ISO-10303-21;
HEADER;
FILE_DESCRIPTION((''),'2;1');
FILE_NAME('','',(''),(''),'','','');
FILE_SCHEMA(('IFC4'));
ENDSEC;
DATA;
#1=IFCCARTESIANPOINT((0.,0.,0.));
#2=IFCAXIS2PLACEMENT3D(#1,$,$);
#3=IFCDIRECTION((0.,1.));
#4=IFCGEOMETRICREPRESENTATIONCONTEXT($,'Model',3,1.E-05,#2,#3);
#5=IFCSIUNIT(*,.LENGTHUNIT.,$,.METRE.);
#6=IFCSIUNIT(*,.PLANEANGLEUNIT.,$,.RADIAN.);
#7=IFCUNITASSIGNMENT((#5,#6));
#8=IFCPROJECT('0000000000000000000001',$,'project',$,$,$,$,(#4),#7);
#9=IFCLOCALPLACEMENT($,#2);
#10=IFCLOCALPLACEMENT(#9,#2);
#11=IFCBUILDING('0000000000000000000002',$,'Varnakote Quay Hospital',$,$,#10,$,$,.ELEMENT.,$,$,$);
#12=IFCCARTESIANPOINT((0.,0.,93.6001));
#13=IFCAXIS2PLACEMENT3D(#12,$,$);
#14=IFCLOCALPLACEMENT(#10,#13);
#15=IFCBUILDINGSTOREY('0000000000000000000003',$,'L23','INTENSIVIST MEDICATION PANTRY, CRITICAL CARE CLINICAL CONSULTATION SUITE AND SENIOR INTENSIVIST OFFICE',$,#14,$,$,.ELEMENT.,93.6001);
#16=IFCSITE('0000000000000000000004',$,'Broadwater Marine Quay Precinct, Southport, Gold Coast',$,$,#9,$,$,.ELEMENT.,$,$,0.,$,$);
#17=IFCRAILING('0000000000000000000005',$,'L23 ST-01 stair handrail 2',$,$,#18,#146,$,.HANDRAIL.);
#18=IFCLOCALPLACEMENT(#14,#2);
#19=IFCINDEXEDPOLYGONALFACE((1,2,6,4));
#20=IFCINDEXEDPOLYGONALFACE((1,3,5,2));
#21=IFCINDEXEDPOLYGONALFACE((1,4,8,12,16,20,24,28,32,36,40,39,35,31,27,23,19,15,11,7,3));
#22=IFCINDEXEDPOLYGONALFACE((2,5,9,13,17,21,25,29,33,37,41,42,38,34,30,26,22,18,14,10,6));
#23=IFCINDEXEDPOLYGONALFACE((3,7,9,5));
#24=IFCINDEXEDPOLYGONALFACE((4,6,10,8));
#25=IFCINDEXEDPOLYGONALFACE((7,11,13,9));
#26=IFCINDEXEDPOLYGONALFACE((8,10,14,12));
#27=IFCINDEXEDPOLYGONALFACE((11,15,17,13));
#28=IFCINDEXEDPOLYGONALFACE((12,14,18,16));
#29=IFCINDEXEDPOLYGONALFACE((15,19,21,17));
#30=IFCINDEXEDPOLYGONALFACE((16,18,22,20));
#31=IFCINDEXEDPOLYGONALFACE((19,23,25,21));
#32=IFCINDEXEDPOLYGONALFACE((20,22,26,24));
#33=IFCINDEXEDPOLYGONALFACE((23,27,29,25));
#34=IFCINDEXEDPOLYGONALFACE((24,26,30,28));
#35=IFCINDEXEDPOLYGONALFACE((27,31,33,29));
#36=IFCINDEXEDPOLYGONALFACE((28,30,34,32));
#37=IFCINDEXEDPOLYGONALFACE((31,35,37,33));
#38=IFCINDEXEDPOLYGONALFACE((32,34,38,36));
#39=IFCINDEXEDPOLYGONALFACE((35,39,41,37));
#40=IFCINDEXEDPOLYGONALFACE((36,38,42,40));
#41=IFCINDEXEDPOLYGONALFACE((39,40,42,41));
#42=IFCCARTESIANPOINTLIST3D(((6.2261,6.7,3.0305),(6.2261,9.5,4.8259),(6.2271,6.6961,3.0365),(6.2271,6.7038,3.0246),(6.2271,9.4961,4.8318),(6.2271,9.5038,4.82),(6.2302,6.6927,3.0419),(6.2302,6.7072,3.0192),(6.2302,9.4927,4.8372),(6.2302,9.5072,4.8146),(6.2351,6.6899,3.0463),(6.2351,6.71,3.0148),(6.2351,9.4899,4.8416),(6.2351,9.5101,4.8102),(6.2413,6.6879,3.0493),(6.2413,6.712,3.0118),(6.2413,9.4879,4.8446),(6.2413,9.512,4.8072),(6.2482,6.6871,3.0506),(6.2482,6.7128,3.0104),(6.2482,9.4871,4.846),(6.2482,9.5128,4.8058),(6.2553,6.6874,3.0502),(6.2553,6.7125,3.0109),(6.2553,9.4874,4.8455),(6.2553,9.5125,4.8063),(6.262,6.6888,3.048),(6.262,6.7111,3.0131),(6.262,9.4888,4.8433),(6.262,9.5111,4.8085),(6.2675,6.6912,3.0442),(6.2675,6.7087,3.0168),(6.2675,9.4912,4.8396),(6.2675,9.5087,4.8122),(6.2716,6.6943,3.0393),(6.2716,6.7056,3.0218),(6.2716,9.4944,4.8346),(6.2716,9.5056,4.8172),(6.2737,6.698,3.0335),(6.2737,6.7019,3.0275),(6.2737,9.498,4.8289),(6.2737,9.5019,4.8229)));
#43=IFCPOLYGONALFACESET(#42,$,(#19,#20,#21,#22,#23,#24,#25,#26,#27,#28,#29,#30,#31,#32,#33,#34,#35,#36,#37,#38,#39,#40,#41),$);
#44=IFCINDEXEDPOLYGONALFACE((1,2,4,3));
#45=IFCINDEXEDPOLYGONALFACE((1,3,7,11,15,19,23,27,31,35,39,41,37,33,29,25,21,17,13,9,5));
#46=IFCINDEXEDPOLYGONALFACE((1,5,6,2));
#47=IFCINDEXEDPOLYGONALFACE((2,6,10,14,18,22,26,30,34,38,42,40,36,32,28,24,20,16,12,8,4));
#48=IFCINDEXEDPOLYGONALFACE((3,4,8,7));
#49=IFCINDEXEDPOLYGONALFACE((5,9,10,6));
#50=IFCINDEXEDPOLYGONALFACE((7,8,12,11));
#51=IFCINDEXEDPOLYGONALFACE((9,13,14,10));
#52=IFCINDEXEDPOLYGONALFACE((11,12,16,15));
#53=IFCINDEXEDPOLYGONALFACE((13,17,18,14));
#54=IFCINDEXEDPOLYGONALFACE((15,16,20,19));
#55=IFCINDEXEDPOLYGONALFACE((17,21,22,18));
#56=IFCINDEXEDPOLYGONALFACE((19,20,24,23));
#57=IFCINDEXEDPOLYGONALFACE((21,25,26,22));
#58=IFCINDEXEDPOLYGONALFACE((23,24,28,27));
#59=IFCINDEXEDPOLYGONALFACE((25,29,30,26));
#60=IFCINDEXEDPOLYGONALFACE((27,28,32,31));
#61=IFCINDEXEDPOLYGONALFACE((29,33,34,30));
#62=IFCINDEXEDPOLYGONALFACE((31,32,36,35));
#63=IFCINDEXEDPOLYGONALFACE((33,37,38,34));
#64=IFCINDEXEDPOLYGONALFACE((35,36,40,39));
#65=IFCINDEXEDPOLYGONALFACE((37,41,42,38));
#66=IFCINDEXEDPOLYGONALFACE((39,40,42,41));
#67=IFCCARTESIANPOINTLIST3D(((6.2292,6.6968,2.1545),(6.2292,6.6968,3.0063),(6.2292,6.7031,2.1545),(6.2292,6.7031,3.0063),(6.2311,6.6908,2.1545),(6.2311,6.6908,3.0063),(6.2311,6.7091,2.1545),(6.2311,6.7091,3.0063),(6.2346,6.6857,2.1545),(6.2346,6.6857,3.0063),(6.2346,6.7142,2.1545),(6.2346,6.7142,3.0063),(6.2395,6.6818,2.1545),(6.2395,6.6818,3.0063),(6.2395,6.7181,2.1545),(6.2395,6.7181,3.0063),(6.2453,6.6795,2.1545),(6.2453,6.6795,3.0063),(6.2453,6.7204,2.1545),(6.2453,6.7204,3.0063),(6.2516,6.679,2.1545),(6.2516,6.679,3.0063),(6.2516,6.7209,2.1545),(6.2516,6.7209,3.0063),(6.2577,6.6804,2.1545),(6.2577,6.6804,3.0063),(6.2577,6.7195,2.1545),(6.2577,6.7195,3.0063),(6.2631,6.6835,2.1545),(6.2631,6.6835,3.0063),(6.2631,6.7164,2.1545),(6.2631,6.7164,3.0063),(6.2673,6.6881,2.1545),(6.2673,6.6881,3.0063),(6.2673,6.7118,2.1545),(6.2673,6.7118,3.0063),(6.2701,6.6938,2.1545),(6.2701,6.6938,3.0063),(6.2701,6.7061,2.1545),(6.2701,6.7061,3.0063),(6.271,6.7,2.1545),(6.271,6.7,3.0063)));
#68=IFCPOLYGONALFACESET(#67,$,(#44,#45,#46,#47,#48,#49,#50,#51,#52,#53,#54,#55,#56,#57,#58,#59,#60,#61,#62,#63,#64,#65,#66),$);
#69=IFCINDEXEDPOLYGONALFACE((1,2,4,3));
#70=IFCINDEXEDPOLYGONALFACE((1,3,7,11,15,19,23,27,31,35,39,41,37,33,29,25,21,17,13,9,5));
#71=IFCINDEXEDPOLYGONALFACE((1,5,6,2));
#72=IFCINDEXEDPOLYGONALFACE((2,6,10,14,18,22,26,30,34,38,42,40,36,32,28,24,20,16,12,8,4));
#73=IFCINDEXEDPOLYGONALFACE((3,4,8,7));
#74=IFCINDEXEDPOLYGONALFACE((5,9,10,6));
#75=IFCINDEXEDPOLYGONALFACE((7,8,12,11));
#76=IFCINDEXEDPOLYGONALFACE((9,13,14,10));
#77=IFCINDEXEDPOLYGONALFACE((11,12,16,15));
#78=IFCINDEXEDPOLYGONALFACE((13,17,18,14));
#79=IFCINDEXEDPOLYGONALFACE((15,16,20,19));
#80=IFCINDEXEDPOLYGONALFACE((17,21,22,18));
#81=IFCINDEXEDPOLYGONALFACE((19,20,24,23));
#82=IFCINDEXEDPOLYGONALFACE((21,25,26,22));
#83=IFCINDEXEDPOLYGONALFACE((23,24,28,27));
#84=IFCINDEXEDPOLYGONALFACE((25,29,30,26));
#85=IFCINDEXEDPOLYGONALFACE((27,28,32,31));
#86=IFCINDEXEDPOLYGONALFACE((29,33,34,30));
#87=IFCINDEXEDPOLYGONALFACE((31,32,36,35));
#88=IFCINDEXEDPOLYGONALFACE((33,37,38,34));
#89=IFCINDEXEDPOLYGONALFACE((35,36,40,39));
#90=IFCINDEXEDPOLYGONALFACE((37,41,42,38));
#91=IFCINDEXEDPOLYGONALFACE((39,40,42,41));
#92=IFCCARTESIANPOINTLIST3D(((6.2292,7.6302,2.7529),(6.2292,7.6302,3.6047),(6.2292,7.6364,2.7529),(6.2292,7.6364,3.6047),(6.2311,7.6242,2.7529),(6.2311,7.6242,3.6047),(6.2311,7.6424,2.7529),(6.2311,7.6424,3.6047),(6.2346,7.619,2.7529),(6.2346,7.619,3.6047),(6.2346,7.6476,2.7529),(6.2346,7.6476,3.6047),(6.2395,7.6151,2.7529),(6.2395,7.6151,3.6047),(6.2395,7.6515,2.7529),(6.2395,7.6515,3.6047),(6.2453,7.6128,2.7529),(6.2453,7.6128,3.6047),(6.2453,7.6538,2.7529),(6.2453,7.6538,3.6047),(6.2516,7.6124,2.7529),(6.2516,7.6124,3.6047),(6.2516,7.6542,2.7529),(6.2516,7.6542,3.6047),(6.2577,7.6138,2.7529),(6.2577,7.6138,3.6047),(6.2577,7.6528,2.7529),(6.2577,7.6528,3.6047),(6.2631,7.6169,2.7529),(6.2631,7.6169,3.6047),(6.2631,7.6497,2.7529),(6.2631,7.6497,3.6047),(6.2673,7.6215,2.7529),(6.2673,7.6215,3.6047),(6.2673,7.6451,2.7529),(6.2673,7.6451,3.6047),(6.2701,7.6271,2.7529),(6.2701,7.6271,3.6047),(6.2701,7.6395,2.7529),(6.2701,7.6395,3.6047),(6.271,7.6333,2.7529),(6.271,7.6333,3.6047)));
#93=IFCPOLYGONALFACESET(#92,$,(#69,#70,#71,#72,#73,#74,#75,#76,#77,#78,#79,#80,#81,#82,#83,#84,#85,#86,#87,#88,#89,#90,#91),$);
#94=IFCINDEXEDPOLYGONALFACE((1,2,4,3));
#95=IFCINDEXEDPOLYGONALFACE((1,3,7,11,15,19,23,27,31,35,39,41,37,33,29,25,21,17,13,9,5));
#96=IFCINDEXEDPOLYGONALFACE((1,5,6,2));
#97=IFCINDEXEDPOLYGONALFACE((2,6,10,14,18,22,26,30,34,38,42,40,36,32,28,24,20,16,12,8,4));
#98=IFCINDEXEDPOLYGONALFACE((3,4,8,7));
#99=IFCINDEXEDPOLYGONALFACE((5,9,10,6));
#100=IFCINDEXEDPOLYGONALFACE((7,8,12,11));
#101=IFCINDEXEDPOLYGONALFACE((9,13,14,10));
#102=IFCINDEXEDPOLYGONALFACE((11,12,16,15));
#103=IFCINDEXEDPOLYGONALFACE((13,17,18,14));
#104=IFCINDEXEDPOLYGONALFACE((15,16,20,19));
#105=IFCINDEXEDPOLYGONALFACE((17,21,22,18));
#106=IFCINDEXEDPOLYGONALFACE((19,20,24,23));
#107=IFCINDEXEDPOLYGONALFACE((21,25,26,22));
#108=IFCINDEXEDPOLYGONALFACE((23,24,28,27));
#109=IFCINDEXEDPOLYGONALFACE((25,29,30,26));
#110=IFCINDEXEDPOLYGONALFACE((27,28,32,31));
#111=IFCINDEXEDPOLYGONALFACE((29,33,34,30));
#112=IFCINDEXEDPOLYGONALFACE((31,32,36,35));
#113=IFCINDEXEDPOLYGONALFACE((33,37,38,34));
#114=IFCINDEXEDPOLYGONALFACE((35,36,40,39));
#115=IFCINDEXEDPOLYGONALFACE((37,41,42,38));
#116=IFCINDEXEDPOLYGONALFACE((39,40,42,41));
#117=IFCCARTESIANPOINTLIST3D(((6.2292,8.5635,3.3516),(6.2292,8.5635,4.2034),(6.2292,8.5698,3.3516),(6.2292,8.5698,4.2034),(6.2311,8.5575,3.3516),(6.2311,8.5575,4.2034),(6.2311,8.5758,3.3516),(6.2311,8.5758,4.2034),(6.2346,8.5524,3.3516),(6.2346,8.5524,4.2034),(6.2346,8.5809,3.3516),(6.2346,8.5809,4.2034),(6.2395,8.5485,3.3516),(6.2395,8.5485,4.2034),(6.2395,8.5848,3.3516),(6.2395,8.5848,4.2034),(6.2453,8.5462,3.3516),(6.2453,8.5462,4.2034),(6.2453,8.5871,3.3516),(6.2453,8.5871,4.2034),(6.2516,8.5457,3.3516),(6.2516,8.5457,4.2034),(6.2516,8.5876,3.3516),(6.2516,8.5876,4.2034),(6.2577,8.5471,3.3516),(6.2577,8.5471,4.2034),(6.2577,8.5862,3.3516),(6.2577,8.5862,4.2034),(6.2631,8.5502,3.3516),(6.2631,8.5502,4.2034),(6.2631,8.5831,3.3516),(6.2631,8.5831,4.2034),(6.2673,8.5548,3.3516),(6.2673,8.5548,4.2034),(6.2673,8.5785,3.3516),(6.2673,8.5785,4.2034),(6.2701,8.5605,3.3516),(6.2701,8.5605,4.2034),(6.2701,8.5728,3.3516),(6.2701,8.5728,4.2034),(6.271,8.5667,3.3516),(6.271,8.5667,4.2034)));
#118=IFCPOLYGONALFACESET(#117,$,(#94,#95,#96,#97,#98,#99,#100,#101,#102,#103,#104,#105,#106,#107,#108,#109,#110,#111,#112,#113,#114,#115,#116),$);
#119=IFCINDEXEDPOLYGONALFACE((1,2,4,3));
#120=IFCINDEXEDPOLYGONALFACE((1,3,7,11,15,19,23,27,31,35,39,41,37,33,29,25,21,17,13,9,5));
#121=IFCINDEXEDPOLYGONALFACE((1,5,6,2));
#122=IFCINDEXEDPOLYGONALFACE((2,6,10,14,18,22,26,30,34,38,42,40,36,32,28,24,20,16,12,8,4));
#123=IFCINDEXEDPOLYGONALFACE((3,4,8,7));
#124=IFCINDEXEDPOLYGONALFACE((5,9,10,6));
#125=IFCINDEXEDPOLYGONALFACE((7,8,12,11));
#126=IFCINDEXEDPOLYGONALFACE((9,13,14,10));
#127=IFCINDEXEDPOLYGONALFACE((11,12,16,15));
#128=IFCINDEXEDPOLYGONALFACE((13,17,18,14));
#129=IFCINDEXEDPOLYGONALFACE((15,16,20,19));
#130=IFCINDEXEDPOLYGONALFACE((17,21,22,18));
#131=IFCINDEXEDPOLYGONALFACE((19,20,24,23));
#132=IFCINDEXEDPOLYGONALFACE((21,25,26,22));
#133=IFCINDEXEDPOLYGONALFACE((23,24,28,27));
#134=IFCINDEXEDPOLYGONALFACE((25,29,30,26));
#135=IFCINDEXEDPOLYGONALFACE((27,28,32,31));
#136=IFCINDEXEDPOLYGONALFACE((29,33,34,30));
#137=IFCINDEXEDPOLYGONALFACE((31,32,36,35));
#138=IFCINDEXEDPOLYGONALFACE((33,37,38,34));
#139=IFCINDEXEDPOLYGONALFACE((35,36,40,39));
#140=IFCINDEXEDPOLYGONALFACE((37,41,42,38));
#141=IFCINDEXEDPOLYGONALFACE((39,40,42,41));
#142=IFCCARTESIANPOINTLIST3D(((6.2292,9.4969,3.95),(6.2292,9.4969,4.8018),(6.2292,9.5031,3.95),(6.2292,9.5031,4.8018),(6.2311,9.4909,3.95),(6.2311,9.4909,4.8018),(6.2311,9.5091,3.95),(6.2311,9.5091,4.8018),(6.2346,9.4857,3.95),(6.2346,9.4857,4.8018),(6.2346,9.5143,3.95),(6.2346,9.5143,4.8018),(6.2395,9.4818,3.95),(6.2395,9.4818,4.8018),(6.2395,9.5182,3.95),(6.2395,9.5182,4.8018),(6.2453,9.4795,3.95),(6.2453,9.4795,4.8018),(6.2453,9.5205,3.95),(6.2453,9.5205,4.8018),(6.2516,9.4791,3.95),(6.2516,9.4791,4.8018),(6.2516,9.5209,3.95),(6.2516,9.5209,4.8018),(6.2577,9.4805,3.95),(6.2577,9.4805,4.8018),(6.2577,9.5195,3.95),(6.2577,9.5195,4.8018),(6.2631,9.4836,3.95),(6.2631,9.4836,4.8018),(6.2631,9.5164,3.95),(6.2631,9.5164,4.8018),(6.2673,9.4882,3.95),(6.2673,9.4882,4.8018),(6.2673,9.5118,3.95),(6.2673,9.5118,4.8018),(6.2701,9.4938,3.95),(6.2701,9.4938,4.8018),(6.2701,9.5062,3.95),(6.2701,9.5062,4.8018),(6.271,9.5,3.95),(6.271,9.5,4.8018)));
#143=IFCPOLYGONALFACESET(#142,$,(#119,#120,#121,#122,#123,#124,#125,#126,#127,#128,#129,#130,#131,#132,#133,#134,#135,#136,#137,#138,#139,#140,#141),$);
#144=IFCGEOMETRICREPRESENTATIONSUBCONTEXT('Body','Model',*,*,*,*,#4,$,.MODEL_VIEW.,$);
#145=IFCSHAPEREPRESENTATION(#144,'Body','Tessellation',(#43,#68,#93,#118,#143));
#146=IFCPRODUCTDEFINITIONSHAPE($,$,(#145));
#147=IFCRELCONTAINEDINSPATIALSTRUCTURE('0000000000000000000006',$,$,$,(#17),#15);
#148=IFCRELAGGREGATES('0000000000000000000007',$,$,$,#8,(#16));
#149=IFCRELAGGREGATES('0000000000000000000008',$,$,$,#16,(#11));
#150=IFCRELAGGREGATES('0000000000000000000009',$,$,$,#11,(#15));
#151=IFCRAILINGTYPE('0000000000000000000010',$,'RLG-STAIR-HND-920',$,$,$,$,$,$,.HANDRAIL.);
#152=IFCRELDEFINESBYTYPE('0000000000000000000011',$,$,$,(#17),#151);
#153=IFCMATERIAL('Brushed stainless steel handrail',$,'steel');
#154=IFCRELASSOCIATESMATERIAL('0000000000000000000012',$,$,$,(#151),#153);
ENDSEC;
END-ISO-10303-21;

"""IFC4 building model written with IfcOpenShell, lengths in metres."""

from ifc_helpers import new_model, si_unit, direction, frame, origin, origin_2d, place, context, subcontext, project, spatial, circle, extrude, material, type_object, element, save


model = new_model("IFC4")

# Units and contexts
model_context = context("Model", 3, precision=1e-05, world=origin(), true_north=direction((0.0, 1.0)))
body_context = subcontext(model_context, "Body", "Model", "MODEL_VIEW")
ifc_project = project(units=[si_unit("LENGTHUNIT", "METRE"), si_unit("PLANEANGLEUNIT", "RADIAN")], contexts=[model_context])

# Site, building, storey
site_placement = place(None, origin())
site = spatial("IfcSite", under=ifc_project, at=site_placement, Name="Broadwater Marine Quay Precinct, Southport, Gold Coast", CompositionType="ELEMENT", RefElevation=0.0)
building_placement = place(site_placement, origin())
building = spatial("IfcBuilding", under=site, at=building_placement, Name="Varnakote Quay Hospital", CompositionType="ELEMENT")
storey_placement = place(building_placement, frame((0.0, 0.0, 93.6001)))
storey = spatial("IfcBuildingStorey", under=building, at=storey_placement, Name="L23", Description="INTENSIVIST MEDICATION PANTRY, CRITICAL CARE CLINICAL CONSULTATION SUITE AND SENIOR INTENSIVIST OFFICE", CompositionType="ELEMENT", Elevation=93.6001)

# Railing
ifc_material_1 = material(Name="Brushed stainless steel handrail", Category="steel")
railing_type_1 = type_object("IfcRailingType", Name="RLG-STAIR-HND-920", PredefinedType="HANDRAIL", material=ifc_material_1)
railing_1_placement = place(storey_placement, frame((6.25, 6.7, 2.1545)))
element("IfcRailing", 1, at=railing_1_placement, inside=storey, type_object=railing_type_1, Name="L23 ST-01 stair handrail 2", PredefinedType="HANDRAIL", context=body_context, shape_type="SweptSolid", body=[
    extrude(circle(Radius=0.0239, at=origin_2d()), frame((0.0, 0.0, 0.876), z_axis=(0.0, 0.84181, 0.539774), x_axis=(-1.0, 0.0, 0.0)), (0.0, 0.0, 1.0), 3.3262),
    extrude(circle(Radius=0.021, at=origin_2d()), origin(), (0.0, 0.0, 1.0), 0.8518),
    extrude(circle(Radius=0.021, at=origin_2d()), frame((0.0, 0.9333, 0.5984)), (0.0, 0.0, 1.0), 0.8518),
    extrude(circle(Radius=0.021, at=origin_2d()), frame((0.0, 1.8667, 1.197)), (0.0, 0.0, 1.0), 0.8518),
    extrude(circle(Radius=0.021, at=origin_2d()), frame((0.0, 2.8, 1.7954)), (0.0, 0.0, 1.0), 0.8518),
])

save(model, "model.ifc")
